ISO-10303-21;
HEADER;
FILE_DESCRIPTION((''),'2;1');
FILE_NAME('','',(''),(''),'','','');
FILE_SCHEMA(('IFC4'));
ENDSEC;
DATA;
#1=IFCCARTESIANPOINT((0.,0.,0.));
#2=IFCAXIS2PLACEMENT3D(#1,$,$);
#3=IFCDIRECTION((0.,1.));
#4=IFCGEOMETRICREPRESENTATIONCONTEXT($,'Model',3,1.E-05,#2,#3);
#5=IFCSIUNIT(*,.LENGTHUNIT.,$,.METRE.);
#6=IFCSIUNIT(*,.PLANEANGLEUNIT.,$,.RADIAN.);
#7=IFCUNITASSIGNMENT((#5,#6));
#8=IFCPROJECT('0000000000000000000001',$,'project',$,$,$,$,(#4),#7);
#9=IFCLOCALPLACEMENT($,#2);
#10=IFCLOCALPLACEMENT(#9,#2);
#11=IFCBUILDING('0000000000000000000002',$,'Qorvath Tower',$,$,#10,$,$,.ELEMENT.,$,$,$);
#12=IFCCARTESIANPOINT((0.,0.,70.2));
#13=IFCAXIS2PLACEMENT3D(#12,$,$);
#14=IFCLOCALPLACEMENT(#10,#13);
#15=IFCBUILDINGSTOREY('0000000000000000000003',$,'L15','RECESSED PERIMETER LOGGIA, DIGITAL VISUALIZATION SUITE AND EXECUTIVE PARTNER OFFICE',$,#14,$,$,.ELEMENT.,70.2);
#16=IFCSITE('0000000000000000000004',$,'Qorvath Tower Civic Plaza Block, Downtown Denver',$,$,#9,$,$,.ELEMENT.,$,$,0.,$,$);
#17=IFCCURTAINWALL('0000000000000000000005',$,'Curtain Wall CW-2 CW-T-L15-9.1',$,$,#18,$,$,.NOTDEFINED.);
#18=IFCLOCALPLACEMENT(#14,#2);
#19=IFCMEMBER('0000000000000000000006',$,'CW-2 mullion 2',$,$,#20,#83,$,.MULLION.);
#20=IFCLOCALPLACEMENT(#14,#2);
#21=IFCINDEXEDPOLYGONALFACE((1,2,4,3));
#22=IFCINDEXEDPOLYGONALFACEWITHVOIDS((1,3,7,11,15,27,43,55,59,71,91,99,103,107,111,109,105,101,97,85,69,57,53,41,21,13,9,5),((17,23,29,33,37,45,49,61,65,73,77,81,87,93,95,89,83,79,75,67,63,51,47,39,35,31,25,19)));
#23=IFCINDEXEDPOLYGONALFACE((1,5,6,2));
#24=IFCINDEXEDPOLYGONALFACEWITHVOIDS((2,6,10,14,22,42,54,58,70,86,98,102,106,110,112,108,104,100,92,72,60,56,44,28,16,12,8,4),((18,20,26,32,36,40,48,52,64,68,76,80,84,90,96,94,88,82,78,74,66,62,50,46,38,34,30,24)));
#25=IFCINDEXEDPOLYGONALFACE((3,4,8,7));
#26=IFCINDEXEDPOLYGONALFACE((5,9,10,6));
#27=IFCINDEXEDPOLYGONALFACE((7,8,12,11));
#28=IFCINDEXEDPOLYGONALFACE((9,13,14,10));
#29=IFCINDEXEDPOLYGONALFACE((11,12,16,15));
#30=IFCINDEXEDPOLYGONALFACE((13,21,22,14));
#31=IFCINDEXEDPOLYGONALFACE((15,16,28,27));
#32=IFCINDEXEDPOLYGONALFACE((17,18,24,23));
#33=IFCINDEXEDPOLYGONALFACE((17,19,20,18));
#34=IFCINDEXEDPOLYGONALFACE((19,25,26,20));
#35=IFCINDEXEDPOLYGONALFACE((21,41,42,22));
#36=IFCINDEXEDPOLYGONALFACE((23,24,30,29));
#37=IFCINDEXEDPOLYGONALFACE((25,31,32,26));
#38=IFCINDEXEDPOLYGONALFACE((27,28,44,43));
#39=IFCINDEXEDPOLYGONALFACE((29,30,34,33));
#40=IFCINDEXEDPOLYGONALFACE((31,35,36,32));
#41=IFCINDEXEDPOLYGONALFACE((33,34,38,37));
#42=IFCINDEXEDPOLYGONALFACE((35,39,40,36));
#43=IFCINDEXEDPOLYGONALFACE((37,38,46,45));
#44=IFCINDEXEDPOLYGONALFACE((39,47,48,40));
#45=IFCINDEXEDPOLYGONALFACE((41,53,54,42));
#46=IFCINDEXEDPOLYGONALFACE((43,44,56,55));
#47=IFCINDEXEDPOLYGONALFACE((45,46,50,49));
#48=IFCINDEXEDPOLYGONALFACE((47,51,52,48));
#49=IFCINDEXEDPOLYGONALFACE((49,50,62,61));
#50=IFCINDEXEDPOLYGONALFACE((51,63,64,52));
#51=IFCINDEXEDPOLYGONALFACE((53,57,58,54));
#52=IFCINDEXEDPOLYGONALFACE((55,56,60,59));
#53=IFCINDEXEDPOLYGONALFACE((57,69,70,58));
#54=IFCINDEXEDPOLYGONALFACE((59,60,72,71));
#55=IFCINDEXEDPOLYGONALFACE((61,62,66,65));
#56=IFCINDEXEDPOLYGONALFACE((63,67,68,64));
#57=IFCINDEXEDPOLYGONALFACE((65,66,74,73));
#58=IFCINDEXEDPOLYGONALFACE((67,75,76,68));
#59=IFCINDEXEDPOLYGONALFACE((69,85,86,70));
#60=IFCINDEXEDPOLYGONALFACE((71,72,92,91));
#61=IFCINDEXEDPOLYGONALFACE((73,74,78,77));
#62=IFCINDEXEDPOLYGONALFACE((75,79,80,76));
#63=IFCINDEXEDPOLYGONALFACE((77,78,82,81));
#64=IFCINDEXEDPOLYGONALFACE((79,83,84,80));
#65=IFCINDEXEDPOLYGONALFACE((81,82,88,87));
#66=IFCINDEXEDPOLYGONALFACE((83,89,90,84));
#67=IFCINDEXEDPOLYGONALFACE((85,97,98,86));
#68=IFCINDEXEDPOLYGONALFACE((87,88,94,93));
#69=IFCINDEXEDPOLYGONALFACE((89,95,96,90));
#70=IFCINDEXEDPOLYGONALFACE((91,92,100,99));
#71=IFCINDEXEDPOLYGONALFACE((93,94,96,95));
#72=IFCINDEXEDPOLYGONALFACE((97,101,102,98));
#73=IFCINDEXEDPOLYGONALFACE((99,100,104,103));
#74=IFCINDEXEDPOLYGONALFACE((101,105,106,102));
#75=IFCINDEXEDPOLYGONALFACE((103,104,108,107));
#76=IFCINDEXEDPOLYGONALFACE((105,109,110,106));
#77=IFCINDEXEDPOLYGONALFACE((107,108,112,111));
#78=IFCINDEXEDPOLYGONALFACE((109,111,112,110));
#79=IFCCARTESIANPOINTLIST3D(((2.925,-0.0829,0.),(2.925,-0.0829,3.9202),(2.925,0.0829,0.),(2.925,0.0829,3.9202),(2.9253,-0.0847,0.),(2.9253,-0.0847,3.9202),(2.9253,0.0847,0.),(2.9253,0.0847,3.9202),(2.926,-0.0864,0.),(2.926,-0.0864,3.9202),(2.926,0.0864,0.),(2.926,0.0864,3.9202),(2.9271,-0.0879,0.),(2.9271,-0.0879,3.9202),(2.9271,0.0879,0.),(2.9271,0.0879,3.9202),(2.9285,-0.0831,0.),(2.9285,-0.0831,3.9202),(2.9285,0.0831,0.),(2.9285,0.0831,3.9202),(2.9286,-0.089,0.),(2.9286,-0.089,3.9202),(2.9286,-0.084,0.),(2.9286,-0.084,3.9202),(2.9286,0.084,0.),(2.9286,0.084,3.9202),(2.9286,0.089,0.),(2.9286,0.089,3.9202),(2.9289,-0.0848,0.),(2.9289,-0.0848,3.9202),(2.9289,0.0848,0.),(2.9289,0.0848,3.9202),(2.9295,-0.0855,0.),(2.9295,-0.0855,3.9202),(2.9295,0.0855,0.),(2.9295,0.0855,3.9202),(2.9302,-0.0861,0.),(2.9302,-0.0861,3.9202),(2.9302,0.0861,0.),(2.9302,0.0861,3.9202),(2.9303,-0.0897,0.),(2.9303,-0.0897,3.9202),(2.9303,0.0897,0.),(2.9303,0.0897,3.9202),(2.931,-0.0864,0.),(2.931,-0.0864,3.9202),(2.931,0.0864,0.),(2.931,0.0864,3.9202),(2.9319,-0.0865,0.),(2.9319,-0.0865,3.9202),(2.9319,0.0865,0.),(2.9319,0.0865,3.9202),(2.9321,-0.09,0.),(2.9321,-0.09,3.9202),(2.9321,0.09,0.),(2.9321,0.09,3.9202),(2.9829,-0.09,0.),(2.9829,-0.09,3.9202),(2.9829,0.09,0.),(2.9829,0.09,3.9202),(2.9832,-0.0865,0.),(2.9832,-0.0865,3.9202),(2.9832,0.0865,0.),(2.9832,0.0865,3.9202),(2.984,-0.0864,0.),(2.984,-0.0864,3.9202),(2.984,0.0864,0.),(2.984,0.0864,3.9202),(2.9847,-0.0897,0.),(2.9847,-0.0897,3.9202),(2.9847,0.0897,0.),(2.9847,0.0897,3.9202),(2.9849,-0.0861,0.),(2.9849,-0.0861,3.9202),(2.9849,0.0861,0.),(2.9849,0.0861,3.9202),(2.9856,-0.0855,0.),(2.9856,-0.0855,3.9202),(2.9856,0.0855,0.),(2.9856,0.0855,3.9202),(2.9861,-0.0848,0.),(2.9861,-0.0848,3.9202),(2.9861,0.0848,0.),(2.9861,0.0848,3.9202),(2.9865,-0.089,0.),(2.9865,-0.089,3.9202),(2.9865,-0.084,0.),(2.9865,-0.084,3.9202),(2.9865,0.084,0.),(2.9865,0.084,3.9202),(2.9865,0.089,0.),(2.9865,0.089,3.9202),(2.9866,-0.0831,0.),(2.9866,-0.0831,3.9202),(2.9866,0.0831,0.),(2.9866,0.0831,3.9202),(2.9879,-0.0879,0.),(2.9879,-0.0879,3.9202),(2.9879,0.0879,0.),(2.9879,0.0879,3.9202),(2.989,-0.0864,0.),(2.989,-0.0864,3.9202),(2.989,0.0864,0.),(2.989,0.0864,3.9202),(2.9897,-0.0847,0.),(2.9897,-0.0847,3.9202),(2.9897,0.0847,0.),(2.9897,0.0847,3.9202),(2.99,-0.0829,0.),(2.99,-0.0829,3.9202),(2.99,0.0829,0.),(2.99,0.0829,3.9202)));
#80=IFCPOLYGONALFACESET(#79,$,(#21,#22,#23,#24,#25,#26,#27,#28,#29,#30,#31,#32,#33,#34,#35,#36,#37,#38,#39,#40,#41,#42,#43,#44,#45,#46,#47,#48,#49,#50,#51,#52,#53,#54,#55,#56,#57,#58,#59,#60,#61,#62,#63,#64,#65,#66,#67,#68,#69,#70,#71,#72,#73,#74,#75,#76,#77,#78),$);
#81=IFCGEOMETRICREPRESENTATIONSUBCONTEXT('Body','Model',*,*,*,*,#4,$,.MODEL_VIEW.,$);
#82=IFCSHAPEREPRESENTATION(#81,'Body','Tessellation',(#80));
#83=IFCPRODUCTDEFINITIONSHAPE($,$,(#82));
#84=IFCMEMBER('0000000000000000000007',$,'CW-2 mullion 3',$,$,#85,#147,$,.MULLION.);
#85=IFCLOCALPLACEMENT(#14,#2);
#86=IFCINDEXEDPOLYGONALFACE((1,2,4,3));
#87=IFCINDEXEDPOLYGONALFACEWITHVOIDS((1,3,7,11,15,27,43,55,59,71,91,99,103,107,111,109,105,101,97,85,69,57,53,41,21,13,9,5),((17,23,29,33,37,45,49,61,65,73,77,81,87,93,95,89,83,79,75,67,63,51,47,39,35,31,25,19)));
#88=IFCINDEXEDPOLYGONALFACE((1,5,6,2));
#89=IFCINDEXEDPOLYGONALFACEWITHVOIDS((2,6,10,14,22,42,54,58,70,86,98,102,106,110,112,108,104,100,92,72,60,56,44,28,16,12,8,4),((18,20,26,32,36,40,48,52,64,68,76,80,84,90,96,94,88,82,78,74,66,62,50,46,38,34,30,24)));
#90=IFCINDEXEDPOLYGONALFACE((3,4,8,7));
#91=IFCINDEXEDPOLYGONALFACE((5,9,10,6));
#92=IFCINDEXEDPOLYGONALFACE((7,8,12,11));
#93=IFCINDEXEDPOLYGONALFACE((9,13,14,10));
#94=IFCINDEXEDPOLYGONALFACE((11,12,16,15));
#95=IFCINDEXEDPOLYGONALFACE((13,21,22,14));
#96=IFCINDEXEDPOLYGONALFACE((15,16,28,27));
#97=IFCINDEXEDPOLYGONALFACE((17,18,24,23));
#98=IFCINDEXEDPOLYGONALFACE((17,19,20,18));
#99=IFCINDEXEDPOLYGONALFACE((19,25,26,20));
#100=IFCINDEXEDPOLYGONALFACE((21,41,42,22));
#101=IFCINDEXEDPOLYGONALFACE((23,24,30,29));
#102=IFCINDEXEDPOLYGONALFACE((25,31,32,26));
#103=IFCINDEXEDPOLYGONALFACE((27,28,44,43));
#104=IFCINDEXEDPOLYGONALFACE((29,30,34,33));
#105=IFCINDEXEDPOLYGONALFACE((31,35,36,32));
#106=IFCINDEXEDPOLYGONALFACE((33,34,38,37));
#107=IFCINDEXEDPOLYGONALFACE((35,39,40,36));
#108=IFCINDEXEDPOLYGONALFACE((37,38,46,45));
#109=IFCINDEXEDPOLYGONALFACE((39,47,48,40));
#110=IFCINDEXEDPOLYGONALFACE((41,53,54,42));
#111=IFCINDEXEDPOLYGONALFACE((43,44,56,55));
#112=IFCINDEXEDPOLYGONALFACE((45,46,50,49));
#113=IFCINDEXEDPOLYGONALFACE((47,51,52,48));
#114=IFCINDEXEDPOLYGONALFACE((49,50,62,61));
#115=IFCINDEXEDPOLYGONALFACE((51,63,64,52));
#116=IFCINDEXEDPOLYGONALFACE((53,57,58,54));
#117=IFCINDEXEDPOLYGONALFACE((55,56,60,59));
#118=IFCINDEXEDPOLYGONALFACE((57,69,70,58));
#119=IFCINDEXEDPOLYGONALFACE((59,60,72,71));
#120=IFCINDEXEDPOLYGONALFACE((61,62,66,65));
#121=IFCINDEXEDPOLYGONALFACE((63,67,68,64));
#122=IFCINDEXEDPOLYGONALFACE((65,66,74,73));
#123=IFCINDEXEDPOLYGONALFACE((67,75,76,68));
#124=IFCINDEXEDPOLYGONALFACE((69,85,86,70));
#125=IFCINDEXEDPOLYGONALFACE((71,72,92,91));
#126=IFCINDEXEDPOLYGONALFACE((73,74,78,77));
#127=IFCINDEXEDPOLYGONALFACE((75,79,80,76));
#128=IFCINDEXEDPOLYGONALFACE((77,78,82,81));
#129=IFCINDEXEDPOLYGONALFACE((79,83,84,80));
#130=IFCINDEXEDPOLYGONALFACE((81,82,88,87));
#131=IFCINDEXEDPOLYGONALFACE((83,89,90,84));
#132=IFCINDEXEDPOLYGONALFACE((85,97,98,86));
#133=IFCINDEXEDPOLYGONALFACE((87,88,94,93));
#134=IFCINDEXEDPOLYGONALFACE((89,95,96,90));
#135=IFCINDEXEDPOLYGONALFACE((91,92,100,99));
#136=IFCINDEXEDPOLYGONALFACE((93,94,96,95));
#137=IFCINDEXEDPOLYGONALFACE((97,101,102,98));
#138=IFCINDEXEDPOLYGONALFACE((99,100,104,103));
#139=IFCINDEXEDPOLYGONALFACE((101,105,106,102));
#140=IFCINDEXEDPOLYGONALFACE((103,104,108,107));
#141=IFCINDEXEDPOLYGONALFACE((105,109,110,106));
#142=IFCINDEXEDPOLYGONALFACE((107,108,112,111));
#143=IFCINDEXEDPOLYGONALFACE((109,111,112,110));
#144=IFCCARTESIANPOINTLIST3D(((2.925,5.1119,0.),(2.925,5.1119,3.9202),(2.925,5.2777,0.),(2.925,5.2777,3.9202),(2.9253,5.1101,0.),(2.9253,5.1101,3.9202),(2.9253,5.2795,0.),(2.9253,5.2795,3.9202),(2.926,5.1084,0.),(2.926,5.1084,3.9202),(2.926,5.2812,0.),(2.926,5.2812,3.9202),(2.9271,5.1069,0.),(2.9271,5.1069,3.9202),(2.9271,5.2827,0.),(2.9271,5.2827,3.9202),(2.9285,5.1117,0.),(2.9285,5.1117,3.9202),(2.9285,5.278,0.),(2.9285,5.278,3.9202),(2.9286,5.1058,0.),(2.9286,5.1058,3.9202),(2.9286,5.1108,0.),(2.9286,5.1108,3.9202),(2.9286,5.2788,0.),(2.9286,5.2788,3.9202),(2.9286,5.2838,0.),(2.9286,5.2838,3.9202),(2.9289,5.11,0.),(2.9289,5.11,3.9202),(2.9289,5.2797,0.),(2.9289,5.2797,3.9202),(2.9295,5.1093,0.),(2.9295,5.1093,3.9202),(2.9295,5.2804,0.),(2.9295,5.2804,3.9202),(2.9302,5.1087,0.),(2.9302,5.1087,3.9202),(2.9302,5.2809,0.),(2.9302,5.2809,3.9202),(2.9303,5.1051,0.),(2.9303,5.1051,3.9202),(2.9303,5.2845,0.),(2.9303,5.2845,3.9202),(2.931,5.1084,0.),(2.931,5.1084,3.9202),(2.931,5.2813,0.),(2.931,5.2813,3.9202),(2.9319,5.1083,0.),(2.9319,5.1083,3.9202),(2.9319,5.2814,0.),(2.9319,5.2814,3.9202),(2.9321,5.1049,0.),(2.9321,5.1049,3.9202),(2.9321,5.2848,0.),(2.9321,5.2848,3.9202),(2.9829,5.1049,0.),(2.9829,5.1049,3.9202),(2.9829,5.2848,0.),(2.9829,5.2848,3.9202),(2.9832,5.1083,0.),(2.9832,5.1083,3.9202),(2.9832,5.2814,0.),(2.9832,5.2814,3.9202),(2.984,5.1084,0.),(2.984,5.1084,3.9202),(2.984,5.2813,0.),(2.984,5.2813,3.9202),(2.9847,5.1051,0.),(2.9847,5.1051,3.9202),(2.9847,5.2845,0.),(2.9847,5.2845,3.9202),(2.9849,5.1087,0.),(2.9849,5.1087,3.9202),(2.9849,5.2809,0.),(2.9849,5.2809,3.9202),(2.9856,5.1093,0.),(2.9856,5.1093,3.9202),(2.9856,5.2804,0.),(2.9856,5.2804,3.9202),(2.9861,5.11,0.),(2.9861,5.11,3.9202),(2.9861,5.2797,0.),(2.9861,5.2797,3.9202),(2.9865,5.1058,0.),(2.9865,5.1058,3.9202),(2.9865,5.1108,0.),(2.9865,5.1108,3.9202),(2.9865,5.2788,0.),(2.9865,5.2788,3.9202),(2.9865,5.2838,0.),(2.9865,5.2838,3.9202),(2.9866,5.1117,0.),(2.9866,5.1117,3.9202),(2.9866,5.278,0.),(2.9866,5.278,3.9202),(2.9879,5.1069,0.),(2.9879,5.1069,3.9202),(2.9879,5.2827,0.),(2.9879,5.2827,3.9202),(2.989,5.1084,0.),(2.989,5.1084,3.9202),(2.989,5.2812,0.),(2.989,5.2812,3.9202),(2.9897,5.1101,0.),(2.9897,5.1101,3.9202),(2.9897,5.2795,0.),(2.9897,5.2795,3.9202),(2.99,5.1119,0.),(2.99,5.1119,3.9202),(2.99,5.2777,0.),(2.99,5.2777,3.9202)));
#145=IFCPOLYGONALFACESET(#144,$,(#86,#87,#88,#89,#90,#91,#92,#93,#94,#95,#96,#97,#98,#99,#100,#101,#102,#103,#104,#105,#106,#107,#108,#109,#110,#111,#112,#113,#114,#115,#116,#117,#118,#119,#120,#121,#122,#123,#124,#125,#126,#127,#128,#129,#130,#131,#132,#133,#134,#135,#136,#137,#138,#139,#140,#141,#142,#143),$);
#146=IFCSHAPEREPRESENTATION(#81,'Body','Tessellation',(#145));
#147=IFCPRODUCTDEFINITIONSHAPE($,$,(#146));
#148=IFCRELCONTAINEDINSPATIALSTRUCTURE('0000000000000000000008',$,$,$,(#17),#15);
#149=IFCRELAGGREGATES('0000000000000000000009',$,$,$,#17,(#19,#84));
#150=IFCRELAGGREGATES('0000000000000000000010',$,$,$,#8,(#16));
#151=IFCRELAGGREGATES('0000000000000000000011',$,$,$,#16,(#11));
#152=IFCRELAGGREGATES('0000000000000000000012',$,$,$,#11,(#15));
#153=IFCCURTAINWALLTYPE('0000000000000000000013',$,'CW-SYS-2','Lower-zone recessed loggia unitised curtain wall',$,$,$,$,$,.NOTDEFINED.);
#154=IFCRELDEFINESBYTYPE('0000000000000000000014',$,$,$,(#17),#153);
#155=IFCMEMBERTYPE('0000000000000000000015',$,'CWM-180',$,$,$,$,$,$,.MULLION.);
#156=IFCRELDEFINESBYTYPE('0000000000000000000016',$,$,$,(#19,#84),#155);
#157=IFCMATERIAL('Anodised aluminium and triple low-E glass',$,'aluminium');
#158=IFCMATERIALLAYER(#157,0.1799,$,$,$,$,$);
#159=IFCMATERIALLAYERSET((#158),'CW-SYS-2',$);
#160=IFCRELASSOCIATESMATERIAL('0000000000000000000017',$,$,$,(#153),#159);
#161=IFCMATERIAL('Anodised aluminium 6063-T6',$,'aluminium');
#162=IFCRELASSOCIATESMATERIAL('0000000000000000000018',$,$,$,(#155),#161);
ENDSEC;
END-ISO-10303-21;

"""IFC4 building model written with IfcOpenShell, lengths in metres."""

from ifc_helpers import new_model, si_unit, direction, frame, origin, origin_2d, place, context, subcontext, project, spatial, hollow_rectangle, extrude, material, layer, layer_set, material_profile, profile_set, type_object, element, aggregate, save


model = new_model("IFC4")

# Units and contexts
model_context = context("Model", 3, precision=1e-05, world=origin(), true_north=direction((0.0, 1.0)))
body_context = subcontext(model_context, "Body", "Model", "MODEL_VIEW")
ifc_project = project(units=[si_unit("LENGTHUNIT", "METRE"), si_unit("PLANEANGLEUNIT", "RADIAN")], contexts=[model_context])

# Site, building, storey
site_placement = place(None, origin())
site = spatial("IfcSite", under=ifc_project, at=site_placement, Name="Qorvath Tower Civic Plaza Block, Downtown Denver", CompositionType="ELEMENT", RefElevation=0.0)
building_placement = place(site_placement, origin())
building = spatial("IfcBuilding", under=site, at=building_placement, Name="Qorvath Tower", CompositionType="ELEMENT")
storey_placement = place(building_placement, frame((0.0, 0.0, 70.2)))
storey = spatial("IfcBuildingStorey", under=building, at=storey_placement, Name="L15", Description="RECESSED PERIMETER LOGGIA, DIGITAL VISUALIZATION SUITE AND EXECUTIVE PARTNER OFFICE", CompositionType="ELEMENT", Elevation=70.2)

# Curtain wall, members
ifc_material_1 = material(Name="Anodised aluminium and triple low-E glass", Category="aluminium")
ifc_layer_1 = layer(ifc_material_1, 0.1799)
ifc_layer_set_1 = layer_set([ifc_layer_1], Name="CW-SYS-2")
curtain_wall_type = type_object("IfcCurtainWallType", Name="CW-SYS-2", Description="Lower-zone recessed loggia unitised curtain wall", PredefinedType="NOTDEFINED", material=ifc_layer_set_1)
curtain_wall_1_placement = place(storey_placement, origin())
curtain_wall_1 = element("IfcCurtainWall", 1, at=curtain_wall_1_placement, inside=storey, type_object=curtain_wall_type, Name="Curtain Wall CW-2 CW-T-L15-9.1", PredefinedType="NOTDEFINED")
ifc_material_2 = material(Name="Anodised aluminium 6063-T6", Category="aluminium")
ifc_material_profile_1 = material_profile(ifc_material_2, hollow_rectangle(XDim=0.0649, YDim=0.1799, WallThickness=0.0034, InnerFilletRadius=0.0034, OuterFilletRadius=0.0071, at=origin_2d()), Name="CWM 180x65")
ifc_profile_set_1 = profile_set([ifc_material_profile_1], Name="Anodised aluminium 6063-T6")
member_type_1 = type_object("IfcMemberType", Name="CWM-180", PredefinedType="MULLION", material=ifc_profile_set_1)
member_1_placement = place(storey_placement, frame((2.9575, 0.0, 0.0), z_axis=(0.0, 0.0, 1.0), x_axis=(-1.0, 0.0, 0.0)))
member_1 = element("IfcMember", 2, at=member_1_placement, type_object=member_type_1, Name="CW-2 mullion 2", PredefinedType="MULLION", context=body_context, shape_type="SweptSolid", body=[
    extrude(hollow_rectangle(XDim=0.0649, YDim=0.1799, WallThickness=0.0034, InnerFilletRadius=0.0034, OuterFilletRadius=0.0071, at=origin_2d()), origin(), (0.0, 0.0, 1.0), 3.9202),
])
member_2_placement = place(storey_placement, frame((2.9575, 5.1948, 0.0), z_axis=(0.0, 0.0, 1.0), x_axis=(-1.0, 0.0, 0.0)))
member_2 = element("IfcMember", 3, at=member_2_placement, type_object=member_type_1, Name="CW-2 mullion 3", PredefinedType="MULLION", context=body_context, shape_type="SweptSolid", body=[
    extrude(hollow_rectangle(XDim=0.0649, YDim=0.1799, WallThickness=0.0034, InnerFilletRadius=0.0034, OuterFilletRadius=0.0071, at=origin_2d()), origin(), (0.0, 0.0, 1.0), 3.9202),
])

aggregate(curtain_wall_1, [member_1, member_2])

save(model, "model.ifc")
